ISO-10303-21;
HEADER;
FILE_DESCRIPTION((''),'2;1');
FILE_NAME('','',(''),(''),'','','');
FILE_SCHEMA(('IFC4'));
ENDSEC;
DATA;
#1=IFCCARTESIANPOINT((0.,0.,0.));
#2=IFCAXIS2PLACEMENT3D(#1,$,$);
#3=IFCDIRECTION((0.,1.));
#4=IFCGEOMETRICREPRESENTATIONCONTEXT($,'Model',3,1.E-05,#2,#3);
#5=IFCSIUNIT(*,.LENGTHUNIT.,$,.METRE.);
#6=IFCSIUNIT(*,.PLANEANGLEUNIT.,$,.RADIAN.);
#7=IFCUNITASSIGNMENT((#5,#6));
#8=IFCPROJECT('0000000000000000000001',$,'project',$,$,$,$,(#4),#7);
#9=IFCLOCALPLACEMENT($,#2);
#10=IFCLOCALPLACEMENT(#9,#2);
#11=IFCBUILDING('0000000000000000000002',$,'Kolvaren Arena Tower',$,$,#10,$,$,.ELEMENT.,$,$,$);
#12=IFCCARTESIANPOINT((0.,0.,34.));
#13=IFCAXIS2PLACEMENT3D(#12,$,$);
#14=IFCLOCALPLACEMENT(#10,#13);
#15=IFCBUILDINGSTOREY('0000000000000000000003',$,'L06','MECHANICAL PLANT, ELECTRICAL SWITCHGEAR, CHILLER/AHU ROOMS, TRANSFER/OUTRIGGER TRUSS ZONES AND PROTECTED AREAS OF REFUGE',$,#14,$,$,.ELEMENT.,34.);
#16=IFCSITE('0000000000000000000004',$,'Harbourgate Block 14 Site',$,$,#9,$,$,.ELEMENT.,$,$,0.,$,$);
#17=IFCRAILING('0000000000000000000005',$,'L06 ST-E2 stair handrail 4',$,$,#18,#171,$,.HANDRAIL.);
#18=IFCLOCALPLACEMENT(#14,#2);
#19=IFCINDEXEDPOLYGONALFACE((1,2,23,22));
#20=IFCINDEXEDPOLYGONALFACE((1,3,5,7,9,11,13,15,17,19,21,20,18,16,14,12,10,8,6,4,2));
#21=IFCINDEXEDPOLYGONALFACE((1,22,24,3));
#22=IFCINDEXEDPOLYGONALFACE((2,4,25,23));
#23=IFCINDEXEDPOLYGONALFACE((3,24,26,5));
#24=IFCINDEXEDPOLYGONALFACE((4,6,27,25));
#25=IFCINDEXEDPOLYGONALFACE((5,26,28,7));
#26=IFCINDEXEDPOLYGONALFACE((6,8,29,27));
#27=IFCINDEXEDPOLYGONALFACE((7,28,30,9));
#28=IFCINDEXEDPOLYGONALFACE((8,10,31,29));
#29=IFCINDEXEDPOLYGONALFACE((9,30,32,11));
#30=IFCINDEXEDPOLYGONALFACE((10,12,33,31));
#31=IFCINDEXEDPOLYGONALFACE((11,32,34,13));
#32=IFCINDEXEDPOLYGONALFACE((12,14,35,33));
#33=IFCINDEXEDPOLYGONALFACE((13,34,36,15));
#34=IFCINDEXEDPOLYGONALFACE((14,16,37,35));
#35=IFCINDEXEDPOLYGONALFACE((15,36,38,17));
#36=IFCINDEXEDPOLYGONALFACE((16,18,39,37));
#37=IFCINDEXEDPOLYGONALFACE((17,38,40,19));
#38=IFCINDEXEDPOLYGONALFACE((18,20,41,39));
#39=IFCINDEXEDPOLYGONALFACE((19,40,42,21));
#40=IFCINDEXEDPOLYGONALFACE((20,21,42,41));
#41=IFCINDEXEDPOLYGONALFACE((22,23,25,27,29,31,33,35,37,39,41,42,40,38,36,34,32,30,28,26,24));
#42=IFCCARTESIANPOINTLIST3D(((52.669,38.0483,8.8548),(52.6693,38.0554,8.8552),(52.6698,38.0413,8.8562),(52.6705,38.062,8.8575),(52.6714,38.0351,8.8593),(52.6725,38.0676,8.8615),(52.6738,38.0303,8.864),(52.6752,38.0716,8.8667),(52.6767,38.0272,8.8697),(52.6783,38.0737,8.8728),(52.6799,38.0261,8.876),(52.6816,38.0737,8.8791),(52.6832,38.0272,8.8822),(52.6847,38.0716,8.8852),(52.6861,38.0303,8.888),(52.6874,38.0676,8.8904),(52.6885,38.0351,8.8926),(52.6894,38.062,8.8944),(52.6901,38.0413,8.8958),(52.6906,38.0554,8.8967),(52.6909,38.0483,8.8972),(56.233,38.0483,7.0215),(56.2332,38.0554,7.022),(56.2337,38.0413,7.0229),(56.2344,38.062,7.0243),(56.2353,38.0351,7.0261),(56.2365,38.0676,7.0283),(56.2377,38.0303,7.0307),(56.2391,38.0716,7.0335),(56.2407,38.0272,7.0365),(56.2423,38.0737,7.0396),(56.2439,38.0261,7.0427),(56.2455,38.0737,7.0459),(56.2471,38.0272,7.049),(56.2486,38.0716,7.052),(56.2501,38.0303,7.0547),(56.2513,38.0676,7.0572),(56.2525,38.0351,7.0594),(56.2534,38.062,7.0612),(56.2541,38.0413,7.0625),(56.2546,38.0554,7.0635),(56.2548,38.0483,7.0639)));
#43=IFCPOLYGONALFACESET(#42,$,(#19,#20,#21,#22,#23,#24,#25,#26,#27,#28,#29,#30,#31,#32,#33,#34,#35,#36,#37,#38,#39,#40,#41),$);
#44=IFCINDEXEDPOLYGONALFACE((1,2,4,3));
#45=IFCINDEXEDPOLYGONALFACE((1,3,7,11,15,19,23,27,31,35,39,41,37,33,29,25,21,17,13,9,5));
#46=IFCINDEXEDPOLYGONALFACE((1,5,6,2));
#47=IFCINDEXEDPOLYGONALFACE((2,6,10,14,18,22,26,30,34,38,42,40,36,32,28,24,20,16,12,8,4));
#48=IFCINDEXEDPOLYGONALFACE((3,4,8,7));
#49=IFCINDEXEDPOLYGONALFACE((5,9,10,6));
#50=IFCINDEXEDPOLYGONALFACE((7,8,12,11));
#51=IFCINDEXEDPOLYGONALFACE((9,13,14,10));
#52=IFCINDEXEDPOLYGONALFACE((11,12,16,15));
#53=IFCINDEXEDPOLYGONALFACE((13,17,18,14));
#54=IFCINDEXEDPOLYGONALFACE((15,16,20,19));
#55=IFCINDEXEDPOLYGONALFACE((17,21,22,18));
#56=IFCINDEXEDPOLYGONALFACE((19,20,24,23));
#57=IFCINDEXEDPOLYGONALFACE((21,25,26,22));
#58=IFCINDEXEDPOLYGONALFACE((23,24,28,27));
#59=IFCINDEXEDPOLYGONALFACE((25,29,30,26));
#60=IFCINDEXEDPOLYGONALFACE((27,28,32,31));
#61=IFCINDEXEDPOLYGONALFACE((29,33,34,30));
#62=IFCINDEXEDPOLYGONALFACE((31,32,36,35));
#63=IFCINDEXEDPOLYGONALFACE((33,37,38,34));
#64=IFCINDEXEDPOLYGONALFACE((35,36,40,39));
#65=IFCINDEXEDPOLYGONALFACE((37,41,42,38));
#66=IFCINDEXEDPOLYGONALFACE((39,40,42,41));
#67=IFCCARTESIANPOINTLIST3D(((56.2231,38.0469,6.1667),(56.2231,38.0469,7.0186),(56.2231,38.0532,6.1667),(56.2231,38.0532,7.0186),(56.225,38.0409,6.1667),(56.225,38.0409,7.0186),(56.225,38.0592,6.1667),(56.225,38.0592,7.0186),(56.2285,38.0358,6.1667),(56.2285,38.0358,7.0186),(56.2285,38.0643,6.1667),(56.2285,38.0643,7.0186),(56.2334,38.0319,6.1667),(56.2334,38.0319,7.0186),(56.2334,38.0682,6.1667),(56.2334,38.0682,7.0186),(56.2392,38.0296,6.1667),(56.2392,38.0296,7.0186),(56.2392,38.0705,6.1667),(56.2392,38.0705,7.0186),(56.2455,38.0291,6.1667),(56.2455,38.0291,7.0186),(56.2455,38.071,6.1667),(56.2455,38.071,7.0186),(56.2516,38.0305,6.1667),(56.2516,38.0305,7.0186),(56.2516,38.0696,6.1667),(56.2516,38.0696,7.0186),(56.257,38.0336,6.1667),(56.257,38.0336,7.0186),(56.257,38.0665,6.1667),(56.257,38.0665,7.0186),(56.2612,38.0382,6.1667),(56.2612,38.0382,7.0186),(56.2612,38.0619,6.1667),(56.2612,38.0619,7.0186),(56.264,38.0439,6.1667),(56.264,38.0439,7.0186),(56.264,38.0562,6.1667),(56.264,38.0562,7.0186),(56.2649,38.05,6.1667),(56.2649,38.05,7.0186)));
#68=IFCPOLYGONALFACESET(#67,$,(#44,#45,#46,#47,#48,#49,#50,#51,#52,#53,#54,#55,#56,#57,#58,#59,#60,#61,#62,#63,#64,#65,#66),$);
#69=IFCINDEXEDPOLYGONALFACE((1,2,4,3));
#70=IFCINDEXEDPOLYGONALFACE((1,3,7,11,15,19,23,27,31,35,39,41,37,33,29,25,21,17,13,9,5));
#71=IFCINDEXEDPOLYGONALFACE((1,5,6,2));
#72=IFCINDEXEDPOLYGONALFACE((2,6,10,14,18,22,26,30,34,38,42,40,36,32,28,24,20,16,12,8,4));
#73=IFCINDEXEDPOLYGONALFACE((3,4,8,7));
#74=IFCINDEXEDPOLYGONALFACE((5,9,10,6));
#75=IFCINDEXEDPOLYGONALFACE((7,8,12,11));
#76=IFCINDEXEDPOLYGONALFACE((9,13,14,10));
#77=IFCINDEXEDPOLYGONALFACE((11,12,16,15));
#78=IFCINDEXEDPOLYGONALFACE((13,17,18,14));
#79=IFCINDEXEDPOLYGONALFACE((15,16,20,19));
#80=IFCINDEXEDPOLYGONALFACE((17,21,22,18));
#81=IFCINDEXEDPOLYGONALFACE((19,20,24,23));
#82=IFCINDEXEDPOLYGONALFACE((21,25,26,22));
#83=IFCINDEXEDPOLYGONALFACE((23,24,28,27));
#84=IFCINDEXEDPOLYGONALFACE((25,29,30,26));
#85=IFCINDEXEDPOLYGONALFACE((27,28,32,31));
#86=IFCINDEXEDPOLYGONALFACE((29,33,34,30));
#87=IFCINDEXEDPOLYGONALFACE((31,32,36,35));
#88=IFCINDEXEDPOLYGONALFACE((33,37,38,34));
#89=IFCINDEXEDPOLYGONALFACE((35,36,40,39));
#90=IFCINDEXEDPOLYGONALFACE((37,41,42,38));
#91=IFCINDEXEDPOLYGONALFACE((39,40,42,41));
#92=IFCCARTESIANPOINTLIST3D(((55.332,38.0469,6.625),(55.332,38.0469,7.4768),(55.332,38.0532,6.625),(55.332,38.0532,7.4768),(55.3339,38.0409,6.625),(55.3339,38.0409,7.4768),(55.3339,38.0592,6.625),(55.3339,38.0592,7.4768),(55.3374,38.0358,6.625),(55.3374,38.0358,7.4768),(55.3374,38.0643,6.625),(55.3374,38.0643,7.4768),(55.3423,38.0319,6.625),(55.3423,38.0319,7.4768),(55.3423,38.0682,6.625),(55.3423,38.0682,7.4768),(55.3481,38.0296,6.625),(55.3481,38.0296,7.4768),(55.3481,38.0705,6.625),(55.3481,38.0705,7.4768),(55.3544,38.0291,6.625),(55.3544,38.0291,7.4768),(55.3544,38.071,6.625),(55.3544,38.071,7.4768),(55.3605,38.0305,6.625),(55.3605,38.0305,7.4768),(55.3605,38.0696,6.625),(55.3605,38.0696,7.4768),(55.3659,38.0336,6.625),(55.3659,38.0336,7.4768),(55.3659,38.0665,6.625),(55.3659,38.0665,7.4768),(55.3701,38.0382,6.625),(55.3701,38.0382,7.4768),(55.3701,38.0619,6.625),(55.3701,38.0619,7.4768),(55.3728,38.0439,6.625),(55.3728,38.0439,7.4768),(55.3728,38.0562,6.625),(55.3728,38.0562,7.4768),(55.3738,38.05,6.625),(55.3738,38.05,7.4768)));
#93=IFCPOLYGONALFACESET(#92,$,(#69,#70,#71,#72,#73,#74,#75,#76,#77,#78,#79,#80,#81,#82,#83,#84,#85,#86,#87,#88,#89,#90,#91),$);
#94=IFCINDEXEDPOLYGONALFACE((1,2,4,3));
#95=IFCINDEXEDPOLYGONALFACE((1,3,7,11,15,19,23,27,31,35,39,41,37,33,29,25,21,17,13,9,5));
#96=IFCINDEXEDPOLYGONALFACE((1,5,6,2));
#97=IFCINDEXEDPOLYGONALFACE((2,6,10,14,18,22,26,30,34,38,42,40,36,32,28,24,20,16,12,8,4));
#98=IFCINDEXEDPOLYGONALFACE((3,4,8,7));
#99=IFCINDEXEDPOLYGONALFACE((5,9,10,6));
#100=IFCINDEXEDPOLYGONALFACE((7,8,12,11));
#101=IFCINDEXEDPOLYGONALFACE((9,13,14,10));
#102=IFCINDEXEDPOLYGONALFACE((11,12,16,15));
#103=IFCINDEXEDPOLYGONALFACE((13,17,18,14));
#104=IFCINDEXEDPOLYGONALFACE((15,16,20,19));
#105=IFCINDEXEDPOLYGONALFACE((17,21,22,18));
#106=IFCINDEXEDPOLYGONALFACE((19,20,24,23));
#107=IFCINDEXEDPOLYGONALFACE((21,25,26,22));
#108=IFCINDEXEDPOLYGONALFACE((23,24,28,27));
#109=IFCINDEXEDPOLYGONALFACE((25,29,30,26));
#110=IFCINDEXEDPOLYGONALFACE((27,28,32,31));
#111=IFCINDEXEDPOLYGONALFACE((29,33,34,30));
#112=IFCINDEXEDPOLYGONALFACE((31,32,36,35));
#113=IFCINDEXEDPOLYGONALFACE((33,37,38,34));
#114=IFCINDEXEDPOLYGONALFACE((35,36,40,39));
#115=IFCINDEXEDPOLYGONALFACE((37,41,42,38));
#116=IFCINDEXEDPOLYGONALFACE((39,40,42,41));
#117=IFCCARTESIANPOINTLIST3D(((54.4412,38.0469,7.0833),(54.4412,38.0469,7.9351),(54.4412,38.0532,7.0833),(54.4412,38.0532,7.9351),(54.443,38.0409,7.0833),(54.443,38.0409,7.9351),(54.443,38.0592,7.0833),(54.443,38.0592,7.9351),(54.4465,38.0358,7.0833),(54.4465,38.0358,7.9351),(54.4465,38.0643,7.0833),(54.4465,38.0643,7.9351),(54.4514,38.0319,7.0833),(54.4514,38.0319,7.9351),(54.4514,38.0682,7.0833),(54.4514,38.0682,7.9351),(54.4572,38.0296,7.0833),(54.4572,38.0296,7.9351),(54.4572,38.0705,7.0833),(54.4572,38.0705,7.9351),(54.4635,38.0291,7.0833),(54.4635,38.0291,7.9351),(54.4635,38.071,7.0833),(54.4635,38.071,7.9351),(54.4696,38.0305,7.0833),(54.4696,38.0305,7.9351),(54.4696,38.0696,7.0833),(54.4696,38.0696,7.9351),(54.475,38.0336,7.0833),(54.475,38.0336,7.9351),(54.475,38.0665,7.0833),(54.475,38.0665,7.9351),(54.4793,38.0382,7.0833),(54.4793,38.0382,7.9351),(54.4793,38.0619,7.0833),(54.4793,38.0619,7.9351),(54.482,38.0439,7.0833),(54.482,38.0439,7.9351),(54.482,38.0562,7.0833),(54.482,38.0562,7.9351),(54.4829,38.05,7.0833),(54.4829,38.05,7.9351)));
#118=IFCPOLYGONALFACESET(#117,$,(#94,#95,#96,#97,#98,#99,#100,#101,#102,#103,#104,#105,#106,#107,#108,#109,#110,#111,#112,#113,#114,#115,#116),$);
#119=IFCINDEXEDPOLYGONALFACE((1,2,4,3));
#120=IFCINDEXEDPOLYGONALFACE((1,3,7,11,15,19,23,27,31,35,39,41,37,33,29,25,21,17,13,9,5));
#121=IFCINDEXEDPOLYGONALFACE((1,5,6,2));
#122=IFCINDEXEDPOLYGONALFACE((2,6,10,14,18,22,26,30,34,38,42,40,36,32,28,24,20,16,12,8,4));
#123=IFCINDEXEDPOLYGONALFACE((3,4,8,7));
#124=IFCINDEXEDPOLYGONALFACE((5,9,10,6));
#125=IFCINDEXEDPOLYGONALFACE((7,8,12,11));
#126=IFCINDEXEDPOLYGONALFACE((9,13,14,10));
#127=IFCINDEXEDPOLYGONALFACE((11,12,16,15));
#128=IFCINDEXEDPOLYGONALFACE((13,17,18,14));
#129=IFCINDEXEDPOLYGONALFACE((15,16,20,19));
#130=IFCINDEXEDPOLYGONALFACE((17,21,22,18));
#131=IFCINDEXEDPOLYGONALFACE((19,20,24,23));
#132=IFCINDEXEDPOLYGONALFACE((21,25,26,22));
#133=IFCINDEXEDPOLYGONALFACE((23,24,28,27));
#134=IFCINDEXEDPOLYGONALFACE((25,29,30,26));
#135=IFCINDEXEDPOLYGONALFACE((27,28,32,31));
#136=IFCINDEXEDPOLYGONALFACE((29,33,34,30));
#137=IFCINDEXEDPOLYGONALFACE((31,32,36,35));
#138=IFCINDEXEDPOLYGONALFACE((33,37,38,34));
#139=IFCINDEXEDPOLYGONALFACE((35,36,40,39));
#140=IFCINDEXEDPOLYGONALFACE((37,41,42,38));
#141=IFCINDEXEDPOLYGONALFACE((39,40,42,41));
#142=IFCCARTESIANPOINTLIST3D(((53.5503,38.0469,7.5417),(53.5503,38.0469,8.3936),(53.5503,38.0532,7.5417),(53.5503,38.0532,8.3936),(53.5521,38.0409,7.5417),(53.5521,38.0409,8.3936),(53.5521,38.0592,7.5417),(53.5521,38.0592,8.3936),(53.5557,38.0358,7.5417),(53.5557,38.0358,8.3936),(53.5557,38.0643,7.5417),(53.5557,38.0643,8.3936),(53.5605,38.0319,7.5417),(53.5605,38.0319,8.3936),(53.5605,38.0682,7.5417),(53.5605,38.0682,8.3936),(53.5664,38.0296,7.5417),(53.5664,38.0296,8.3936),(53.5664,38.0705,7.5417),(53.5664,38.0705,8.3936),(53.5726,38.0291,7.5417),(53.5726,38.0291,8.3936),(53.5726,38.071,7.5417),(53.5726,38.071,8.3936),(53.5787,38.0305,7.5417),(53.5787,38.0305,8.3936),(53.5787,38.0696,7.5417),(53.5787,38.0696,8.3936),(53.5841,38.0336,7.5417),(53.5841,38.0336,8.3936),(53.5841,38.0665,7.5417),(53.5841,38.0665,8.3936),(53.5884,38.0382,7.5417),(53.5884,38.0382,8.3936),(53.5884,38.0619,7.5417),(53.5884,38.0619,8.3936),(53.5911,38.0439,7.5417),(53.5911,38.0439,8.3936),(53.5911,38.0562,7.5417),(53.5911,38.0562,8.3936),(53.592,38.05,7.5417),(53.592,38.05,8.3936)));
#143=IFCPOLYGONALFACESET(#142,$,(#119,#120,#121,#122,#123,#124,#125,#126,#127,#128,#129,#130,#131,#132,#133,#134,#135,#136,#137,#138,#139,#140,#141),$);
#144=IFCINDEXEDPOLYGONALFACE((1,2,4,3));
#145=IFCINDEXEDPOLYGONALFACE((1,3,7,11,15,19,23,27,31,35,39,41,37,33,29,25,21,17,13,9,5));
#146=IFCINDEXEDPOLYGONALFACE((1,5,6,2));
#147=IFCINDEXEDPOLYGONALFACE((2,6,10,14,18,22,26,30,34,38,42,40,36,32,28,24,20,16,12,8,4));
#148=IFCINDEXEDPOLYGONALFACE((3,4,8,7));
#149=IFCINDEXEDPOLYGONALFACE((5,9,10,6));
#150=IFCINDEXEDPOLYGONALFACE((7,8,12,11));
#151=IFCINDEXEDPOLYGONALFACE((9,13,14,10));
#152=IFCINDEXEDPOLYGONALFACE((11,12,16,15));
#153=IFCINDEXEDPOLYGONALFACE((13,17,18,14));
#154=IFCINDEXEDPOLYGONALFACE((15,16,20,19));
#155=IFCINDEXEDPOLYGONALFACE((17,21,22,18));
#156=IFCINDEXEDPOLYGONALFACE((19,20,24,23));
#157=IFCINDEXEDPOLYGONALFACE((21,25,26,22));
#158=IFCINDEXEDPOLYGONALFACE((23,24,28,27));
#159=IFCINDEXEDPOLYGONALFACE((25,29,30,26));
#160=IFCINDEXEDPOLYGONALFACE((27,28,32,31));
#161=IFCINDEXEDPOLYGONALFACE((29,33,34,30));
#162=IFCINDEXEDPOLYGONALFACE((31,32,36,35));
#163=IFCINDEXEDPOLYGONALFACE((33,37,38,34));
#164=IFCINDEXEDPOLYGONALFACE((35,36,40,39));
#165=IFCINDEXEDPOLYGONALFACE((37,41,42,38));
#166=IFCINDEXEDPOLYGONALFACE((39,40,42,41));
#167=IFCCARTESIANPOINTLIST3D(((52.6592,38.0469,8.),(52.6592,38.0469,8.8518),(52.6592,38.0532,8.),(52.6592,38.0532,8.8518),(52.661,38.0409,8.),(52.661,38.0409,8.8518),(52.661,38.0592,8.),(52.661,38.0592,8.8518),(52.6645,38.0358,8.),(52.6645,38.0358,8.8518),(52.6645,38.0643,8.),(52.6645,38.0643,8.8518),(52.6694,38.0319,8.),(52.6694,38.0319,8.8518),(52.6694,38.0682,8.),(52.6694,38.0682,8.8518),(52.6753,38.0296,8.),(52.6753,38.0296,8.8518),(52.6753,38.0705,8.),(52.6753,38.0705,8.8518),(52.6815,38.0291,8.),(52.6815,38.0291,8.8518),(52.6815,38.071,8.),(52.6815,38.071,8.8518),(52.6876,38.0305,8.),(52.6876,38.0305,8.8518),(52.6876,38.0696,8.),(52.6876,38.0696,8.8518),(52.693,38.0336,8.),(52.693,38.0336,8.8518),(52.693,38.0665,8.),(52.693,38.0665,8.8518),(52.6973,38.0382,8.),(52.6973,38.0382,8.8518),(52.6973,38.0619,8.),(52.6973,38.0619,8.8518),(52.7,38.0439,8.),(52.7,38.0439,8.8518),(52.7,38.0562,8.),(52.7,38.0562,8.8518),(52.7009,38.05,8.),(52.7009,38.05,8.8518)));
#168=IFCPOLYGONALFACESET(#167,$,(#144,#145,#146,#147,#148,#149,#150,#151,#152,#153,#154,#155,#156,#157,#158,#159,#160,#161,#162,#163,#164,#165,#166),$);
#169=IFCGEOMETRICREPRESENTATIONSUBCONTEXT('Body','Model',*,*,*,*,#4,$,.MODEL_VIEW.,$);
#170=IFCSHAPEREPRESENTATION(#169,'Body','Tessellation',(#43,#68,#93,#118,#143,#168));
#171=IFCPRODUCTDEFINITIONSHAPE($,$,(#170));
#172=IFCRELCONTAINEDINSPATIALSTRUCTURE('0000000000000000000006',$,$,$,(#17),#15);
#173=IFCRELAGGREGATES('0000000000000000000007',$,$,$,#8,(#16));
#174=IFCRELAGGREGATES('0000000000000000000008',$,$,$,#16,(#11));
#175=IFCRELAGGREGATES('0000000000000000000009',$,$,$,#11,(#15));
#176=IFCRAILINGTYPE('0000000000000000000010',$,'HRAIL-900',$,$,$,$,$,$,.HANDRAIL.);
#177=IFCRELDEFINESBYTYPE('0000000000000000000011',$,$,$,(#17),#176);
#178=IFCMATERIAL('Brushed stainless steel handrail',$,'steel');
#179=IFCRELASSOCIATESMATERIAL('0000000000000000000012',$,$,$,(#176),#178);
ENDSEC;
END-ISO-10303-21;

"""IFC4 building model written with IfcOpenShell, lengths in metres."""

from ifc_helpers import new_model, si_unit, direction, frame, origin, origin_2d, place, context, subcontext, project, spatial, circle, extrude, material, type_object, element, save


model = new_model("IFC4")

# Units and contexts
model_context = context("Model", 3, precision=1e-05, world=origin(), true_north=direction((0.0, 1.0)))
body_context = subcontext(model_context, "Body", "Model", "MODEL_VIEW")
ifc_project = project(units=[si_unit("LENGTHUNIT", "METRE"), si_unit("PLANEANGLEUNIT", "RADIAN")], contexts=[model_context])

# Site, building, storey
site_placement = place(None, origin())
site = spatial("IfcSite", under=ifc_project, at=site_placement, Name="Harbourgate Block 14 Site", CompositionType="ELEMENT", RefElevation=0.0)
building_placement = place(site_placement, origin())
building = spatial("IfcBuilding", under=site, at=building_placement, Name="Kolvaren Arena Tower", CompositionType="ELEMENT")
storey_placement = place(building_placement, frame((0.0, 0.0, 34.0)))
storey = spatial("IfcBuildingStorey", under=building, at=storey_placement, Name="L06", Description="MECHANICAL PLANT, ELECTRICAL SWITCHGEAR, CHILLER/AHU ROOMS, TRANSFER/OUTRIGGER TRUSS ZONES AND PROTECTED AREAS OF REFUGE", CompositionType="ELEMENT", Elevation=34.0)

# Railing
ifc_material_1 = material(Name="Brushed stainless steel handrail", Category="steel")
railing_type_1 = type_object("IfcRailingType", Name="HRAIL-900", PredefinedType="HANDRAIL", material=ifc_material_1)
for number, where, name in (
    (1, (56.2439, 38.05, 6.1667), "L06 ST-E2 stair handrail 4"),
):
    element("IfcRailing", number, at=place(storey_placement, frame(where)), inside=storey, type_object=railing_type_1, Name=name, PredefinedType="HANDRAIL", context=body_context, shape_type="SweptSolid", body=[
        extrude(circle(Radius=0.0239, at=origin_2d()), frame((0.0, 0.0, 0.876), z_axis=(-0.889252, 0.0, 0.457418), x_axis=(0.0, -1.0, 0.0)), (0.0, 0.0, 1.0), 4.0078),
        extrude(circle(Radius=0.021, at=origin_2d()), origin(), (0.0, 0.0, 1.0), 0.8518),
        extrude(circle(Radius=0.021, at=origin_2d()), frame((-0.8911, 0.0, 0.4583)), (0.0, 0.0, 1.0), 0.8518),
        extrude(circle(Radius=0.021, at=origin_2d()), frame((-1.782, 0.0, 0.9165)), (0.0, 0.0, 1.0), 0.8518),
        extrude(circle(Radius=0.021, at=origin_2d()), frame((-2.6729, 0.0, 1.375)), (0.0, 0.0, 1.0), 0.8518),
        extrude(circle(Radius=0.021, at=origin_2d()), frame((-3.564, 0.0, 1.8333)), (0.0, 0.0, 1.0), 0.8518),
    ])

save(model, "model.ifc")
